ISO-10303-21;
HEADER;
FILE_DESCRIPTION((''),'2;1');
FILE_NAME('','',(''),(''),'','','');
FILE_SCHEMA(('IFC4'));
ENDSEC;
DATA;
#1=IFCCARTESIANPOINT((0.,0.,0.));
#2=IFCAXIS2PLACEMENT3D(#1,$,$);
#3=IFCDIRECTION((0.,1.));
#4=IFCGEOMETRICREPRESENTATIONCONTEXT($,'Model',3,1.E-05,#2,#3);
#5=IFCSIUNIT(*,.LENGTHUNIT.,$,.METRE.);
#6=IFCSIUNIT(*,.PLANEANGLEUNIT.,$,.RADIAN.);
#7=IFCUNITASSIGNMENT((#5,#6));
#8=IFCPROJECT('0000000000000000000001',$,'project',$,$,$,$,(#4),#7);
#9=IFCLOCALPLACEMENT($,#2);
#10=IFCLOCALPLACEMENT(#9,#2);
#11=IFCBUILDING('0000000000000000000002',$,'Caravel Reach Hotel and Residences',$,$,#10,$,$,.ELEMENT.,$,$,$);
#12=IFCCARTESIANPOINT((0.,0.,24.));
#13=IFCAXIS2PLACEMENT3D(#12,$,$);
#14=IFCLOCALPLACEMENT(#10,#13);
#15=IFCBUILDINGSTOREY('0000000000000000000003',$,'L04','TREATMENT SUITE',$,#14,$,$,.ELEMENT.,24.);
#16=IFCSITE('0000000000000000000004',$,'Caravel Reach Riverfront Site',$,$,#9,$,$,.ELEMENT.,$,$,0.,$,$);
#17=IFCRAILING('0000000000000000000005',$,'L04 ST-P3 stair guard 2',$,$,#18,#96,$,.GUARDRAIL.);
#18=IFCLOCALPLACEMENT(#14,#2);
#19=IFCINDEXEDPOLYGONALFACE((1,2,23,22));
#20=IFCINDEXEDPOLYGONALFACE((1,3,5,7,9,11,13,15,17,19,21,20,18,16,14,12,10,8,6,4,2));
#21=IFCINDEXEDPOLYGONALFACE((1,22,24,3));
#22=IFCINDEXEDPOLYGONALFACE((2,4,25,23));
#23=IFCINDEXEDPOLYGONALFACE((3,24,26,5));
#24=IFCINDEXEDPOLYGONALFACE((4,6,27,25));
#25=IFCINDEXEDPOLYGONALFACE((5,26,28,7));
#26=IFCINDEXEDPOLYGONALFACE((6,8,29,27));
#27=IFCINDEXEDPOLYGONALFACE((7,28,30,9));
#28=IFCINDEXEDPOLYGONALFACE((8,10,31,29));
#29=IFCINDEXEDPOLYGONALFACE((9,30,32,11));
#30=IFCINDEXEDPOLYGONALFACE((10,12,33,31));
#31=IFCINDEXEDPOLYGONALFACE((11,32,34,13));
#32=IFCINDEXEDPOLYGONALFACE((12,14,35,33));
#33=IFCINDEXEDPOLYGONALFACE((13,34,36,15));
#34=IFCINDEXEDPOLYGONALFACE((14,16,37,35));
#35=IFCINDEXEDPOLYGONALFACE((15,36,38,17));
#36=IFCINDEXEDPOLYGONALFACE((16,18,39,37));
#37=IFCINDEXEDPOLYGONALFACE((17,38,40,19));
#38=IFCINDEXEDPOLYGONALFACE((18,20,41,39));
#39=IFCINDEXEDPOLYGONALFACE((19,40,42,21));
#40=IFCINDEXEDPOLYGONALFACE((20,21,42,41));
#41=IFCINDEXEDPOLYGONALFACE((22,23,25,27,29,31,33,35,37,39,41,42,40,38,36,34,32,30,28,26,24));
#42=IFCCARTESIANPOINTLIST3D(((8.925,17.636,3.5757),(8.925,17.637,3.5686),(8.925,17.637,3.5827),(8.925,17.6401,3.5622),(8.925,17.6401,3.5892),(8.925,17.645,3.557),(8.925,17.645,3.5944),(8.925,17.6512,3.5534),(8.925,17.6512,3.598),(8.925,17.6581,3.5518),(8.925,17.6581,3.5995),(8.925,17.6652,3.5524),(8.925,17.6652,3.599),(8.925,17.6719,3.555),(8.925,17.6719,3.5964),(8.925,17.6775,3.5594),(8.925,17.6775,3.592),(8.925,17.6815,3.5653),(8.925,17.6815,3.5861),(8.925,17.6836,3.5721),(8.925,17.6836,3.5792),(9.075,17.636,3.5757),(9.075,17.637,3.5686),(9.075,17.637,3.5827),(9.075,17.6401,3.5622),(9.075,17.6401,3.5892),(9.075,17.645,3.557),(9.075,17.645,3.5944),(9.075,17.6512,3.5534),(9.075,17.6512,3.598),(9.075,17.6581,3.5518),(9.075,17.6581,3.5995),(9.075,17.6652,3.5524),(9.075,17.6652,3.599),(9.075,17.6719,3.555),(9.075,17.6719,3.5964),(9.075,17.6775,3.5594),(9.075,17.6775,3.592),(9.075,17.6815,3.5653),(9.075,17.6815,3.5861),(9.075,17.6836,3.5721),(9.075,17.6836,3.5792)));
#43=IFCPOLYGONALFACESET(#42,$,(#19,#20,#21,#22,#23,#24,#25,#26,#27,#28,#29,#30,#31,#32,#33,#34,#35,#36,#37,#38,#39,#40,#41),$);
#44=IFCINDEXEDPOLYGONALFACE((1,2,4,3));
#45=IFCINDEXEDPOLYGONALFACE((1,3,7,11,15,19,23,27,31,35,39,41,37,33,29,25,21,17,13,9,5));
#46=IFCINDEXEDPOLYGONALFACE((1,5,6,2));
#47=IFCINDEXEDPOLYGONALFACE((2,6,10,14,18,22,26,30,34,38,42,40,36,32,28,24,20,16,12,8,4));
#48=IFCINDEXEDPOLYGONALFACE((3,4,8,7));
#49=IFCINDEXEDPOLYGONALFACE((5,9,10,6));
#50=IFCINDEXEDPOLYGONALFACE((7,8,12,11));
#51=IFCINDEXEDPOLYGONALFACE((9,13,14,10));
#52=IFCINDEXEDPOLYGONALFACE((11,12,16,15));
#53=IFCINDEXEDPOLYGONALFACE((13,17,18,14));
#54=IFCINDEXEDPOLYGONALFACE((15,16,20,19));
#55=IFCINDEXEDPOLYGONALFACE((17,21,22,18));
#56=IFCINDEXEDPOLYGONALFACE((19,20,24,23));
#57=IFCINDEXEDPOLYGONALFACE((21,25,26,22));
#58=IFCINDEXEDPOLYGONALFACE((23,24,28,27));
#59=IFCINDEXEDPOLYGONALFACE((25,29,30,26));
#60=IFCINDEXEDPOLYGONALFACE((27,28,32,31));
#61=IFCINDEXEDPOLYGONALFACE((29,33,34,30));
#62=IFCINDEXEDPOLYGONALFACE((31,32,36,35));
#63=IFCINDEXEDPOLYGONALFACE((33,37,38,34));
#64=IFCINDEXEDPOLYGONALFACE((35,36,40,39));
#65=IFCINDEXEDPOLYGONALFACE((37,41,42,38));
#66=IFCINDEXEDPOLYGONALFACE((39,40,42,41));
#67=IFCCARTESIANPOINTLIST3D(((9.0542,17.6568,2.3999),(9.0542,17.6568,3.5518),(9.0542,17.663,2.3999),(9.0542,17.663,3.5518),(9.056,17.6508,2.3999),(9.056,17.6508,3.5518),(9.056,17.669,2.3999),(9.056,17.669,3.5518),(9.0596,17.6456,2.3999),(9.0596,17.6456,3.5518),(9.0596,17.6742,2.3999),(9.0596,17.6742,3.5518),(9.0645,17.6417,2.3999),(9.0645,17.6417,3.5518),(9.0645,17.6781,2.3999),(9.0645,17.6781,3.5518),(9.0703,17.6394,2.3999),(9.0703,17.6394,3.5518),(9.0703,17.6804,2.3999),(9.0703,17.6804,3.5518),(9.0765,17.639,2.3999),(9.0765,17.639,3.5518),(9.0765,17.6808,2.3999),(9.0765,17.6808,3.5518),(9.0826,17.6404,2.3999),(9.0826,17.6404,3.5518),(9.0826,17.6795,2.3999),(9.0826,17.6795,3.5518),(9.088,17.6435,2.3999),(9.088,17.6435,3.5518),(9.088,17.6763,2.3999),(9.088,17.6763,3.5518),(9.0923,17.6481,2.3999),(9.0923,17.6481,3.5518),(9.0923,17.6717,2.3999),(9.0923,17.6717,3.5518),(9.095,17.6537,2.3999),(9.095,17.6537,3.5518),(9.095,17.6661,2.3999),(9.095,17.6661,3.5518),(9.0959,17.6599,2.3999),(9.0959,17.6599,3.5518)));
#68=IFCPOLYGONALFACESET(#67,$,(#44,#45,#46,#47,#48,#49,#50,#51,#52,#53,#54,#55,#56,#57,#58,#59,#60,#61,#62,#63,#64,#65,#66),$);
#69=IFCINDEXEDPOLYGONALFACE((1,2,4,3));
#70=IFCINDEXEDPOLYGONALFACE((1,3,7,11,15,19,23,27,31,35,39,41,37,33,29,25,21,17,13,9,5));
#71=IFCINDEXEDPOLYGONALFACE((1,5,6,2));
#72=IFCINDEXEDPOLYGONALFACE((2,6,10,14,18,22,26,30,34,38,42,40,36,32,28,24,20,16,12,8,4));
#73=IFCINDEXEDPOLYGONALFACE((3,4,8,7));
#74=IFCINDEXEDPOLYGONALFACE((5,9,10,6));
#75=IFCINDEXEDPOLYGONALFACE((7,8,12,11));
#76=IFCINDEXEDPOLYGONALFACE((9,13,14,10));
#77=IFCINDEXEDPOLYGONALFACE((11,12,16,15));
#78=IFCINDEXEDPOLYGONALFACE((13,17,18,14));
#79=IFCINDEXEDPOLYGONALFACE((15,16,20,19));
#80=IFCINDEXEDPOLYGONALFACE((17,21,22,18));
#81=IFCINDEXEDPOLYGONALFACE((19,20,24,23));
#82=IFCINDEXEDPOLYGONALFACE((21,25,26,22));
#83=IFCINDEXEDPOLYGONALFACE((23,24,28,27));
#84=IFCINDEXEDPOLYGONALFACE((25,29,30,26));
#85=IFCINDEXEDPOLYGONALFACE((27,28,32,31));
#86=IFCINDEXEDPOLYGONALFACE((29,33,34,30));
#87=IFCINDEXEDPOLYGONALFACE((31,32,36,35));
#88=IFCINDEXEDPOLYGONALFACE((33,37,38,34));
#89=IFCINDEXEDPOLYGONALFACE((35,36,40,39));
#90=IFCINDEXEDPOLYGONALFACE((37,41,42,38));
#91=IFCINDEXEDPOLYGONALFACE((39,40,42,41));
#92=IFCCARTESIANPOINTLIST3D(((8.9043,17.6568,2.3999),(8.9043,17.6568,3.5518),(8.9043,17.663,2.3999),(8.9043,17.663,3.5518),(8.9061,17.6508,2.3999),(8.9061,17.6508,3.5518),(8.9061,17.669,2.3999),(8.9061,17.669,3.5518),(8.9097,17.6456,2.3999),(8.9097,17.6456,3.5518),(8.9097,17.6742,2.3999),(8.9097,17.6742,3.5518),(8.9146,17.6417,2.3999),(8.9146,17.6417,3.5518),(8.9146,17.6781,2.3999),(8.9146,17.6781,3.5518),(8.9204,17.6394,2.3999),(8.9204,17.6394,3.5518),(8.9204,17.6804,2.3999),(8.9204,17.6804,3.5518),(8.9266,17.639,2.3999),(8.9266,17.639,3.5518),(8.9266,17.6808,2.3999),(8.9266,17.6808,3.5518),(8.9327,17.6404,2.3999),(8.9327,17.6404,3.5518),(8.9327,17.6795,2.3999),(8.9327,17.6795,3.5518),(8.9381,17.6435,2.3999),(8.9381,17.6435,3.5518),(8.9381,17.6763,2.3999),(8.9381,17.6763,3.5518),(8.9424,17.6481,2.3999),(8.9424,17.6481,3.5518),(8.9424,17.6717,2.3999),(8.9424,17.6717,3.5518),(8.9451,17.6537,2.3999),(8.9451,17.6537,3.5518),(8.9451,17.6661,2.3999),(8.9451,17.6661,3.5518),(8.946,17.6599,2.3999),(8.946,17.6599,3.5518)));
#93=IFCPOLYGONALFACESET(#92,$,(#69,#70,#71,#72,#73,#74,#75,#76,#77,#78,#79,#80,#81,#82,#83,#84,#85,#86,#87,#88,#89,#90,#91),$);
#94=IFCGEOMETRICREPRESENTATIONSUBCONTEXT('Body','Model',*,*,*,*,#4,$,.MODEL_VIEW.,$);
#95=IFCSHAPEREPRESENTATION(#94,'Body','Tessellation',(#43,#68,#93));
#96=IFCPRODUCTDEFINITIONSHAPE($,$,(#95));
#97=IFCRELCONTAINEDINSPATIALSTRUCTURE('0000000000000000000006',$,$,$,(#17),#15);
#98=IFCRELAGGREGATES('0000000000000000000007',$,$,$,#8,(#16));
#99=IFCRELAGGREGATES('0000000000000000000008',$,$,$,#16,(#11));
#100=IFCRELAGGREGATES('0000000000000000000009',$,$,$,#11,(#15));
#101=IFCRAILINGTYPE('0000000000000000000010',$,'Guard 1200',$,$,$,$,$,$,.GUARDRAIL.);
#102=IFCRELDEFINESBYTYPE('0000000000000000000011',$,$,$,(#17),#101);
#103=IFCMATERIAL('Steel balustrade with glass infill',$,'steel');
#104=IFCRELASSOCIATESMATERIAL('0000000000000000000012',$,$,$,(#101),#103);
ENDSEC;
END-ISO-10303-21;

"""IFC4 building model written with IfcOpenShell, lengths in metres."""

from ifc_helpers import new_model, si_unit, direction, frame, origin, origin_2d, place, context, subcontext, project, spatial, circle, extrude, material, type_object, element, save


model = new_model("IFC4")

# Units and contexts
model_context = context("Model", 3, precision=1e-05, world=origin(), true_north=direction((0.0, 1.0)))
body_context = subcontext(model_context, "Body", "Model", "MODEL_VIEW")
ifc_project = project(units=[si_unit("LENGTHUNIT", "METRE"), si_unit("PLANEANGLEUNIT", "RADIAN")], contexts=[model_context])

# Site, building, storey
site_placement = place(None, origin())
site = spatial("IfcSite", under=ifc_project, at=site_placement, Name="Caravel Reach Riverfront Site", CompositionType="ELEMENT", RefElevation=0.0)
building_placement = place(site_placement, origin())
building = spatial("IfcBuilding", under=site, at=building_placement, Name="Caravel Reach Hotel and Residences", CompositionType="ELEMENT")
storey_placement = place(building_placement, frame((0.0, 0.0, 24.0)))
storey = spatial("IfcBuildingStorey", under=building, at=storey_placement, Name="L04", Description="TREATMENT SUITE", CompositionType="ELEMENT", Elevation=24.0)

# Railing
ifc_material_1 = material(Name="Steel balustrade with glass infill", Category="steel")
railing_type_1 = type_object("IfcRailingType", Name="Guard 1200", PredefinedType="GUARDRAIL", material=ifc_material_1)
railing_1_placement = place(storey_placement, frame((9.075, 17.6599, 2.3999)))
element("IfcRailing", 1, at=railing_1_placement, inside=storey, type_object=railing_type_1, Name="L04 ST-P3 stair guard 2", PredefinedType="GUARDRAIL", context=body_context, shape_type="SweptSolid", body=[
    extrude(circle(Radius=0.0239, at=origin_2d()), frame((0.0, 0.0, 1.1758), z_axis=(-1.0, 0.0, 0.0), x_axis=(0.0, -1.0, 0.0)), (0.0, 0.0, 1.0), 0.1499),
    extrude(circle(Radius=0.021, at=origin_2d()), origin(), (0.0, 0.0, 1.0), 1.1519),
    extrude(circle(Radius=0.021, at=origin_2d()), frame((-0.1499, 0.0, 0.0)), (0.0, 0.0, 1.0), 1.1519),
])

save(model, "model.ifc")
